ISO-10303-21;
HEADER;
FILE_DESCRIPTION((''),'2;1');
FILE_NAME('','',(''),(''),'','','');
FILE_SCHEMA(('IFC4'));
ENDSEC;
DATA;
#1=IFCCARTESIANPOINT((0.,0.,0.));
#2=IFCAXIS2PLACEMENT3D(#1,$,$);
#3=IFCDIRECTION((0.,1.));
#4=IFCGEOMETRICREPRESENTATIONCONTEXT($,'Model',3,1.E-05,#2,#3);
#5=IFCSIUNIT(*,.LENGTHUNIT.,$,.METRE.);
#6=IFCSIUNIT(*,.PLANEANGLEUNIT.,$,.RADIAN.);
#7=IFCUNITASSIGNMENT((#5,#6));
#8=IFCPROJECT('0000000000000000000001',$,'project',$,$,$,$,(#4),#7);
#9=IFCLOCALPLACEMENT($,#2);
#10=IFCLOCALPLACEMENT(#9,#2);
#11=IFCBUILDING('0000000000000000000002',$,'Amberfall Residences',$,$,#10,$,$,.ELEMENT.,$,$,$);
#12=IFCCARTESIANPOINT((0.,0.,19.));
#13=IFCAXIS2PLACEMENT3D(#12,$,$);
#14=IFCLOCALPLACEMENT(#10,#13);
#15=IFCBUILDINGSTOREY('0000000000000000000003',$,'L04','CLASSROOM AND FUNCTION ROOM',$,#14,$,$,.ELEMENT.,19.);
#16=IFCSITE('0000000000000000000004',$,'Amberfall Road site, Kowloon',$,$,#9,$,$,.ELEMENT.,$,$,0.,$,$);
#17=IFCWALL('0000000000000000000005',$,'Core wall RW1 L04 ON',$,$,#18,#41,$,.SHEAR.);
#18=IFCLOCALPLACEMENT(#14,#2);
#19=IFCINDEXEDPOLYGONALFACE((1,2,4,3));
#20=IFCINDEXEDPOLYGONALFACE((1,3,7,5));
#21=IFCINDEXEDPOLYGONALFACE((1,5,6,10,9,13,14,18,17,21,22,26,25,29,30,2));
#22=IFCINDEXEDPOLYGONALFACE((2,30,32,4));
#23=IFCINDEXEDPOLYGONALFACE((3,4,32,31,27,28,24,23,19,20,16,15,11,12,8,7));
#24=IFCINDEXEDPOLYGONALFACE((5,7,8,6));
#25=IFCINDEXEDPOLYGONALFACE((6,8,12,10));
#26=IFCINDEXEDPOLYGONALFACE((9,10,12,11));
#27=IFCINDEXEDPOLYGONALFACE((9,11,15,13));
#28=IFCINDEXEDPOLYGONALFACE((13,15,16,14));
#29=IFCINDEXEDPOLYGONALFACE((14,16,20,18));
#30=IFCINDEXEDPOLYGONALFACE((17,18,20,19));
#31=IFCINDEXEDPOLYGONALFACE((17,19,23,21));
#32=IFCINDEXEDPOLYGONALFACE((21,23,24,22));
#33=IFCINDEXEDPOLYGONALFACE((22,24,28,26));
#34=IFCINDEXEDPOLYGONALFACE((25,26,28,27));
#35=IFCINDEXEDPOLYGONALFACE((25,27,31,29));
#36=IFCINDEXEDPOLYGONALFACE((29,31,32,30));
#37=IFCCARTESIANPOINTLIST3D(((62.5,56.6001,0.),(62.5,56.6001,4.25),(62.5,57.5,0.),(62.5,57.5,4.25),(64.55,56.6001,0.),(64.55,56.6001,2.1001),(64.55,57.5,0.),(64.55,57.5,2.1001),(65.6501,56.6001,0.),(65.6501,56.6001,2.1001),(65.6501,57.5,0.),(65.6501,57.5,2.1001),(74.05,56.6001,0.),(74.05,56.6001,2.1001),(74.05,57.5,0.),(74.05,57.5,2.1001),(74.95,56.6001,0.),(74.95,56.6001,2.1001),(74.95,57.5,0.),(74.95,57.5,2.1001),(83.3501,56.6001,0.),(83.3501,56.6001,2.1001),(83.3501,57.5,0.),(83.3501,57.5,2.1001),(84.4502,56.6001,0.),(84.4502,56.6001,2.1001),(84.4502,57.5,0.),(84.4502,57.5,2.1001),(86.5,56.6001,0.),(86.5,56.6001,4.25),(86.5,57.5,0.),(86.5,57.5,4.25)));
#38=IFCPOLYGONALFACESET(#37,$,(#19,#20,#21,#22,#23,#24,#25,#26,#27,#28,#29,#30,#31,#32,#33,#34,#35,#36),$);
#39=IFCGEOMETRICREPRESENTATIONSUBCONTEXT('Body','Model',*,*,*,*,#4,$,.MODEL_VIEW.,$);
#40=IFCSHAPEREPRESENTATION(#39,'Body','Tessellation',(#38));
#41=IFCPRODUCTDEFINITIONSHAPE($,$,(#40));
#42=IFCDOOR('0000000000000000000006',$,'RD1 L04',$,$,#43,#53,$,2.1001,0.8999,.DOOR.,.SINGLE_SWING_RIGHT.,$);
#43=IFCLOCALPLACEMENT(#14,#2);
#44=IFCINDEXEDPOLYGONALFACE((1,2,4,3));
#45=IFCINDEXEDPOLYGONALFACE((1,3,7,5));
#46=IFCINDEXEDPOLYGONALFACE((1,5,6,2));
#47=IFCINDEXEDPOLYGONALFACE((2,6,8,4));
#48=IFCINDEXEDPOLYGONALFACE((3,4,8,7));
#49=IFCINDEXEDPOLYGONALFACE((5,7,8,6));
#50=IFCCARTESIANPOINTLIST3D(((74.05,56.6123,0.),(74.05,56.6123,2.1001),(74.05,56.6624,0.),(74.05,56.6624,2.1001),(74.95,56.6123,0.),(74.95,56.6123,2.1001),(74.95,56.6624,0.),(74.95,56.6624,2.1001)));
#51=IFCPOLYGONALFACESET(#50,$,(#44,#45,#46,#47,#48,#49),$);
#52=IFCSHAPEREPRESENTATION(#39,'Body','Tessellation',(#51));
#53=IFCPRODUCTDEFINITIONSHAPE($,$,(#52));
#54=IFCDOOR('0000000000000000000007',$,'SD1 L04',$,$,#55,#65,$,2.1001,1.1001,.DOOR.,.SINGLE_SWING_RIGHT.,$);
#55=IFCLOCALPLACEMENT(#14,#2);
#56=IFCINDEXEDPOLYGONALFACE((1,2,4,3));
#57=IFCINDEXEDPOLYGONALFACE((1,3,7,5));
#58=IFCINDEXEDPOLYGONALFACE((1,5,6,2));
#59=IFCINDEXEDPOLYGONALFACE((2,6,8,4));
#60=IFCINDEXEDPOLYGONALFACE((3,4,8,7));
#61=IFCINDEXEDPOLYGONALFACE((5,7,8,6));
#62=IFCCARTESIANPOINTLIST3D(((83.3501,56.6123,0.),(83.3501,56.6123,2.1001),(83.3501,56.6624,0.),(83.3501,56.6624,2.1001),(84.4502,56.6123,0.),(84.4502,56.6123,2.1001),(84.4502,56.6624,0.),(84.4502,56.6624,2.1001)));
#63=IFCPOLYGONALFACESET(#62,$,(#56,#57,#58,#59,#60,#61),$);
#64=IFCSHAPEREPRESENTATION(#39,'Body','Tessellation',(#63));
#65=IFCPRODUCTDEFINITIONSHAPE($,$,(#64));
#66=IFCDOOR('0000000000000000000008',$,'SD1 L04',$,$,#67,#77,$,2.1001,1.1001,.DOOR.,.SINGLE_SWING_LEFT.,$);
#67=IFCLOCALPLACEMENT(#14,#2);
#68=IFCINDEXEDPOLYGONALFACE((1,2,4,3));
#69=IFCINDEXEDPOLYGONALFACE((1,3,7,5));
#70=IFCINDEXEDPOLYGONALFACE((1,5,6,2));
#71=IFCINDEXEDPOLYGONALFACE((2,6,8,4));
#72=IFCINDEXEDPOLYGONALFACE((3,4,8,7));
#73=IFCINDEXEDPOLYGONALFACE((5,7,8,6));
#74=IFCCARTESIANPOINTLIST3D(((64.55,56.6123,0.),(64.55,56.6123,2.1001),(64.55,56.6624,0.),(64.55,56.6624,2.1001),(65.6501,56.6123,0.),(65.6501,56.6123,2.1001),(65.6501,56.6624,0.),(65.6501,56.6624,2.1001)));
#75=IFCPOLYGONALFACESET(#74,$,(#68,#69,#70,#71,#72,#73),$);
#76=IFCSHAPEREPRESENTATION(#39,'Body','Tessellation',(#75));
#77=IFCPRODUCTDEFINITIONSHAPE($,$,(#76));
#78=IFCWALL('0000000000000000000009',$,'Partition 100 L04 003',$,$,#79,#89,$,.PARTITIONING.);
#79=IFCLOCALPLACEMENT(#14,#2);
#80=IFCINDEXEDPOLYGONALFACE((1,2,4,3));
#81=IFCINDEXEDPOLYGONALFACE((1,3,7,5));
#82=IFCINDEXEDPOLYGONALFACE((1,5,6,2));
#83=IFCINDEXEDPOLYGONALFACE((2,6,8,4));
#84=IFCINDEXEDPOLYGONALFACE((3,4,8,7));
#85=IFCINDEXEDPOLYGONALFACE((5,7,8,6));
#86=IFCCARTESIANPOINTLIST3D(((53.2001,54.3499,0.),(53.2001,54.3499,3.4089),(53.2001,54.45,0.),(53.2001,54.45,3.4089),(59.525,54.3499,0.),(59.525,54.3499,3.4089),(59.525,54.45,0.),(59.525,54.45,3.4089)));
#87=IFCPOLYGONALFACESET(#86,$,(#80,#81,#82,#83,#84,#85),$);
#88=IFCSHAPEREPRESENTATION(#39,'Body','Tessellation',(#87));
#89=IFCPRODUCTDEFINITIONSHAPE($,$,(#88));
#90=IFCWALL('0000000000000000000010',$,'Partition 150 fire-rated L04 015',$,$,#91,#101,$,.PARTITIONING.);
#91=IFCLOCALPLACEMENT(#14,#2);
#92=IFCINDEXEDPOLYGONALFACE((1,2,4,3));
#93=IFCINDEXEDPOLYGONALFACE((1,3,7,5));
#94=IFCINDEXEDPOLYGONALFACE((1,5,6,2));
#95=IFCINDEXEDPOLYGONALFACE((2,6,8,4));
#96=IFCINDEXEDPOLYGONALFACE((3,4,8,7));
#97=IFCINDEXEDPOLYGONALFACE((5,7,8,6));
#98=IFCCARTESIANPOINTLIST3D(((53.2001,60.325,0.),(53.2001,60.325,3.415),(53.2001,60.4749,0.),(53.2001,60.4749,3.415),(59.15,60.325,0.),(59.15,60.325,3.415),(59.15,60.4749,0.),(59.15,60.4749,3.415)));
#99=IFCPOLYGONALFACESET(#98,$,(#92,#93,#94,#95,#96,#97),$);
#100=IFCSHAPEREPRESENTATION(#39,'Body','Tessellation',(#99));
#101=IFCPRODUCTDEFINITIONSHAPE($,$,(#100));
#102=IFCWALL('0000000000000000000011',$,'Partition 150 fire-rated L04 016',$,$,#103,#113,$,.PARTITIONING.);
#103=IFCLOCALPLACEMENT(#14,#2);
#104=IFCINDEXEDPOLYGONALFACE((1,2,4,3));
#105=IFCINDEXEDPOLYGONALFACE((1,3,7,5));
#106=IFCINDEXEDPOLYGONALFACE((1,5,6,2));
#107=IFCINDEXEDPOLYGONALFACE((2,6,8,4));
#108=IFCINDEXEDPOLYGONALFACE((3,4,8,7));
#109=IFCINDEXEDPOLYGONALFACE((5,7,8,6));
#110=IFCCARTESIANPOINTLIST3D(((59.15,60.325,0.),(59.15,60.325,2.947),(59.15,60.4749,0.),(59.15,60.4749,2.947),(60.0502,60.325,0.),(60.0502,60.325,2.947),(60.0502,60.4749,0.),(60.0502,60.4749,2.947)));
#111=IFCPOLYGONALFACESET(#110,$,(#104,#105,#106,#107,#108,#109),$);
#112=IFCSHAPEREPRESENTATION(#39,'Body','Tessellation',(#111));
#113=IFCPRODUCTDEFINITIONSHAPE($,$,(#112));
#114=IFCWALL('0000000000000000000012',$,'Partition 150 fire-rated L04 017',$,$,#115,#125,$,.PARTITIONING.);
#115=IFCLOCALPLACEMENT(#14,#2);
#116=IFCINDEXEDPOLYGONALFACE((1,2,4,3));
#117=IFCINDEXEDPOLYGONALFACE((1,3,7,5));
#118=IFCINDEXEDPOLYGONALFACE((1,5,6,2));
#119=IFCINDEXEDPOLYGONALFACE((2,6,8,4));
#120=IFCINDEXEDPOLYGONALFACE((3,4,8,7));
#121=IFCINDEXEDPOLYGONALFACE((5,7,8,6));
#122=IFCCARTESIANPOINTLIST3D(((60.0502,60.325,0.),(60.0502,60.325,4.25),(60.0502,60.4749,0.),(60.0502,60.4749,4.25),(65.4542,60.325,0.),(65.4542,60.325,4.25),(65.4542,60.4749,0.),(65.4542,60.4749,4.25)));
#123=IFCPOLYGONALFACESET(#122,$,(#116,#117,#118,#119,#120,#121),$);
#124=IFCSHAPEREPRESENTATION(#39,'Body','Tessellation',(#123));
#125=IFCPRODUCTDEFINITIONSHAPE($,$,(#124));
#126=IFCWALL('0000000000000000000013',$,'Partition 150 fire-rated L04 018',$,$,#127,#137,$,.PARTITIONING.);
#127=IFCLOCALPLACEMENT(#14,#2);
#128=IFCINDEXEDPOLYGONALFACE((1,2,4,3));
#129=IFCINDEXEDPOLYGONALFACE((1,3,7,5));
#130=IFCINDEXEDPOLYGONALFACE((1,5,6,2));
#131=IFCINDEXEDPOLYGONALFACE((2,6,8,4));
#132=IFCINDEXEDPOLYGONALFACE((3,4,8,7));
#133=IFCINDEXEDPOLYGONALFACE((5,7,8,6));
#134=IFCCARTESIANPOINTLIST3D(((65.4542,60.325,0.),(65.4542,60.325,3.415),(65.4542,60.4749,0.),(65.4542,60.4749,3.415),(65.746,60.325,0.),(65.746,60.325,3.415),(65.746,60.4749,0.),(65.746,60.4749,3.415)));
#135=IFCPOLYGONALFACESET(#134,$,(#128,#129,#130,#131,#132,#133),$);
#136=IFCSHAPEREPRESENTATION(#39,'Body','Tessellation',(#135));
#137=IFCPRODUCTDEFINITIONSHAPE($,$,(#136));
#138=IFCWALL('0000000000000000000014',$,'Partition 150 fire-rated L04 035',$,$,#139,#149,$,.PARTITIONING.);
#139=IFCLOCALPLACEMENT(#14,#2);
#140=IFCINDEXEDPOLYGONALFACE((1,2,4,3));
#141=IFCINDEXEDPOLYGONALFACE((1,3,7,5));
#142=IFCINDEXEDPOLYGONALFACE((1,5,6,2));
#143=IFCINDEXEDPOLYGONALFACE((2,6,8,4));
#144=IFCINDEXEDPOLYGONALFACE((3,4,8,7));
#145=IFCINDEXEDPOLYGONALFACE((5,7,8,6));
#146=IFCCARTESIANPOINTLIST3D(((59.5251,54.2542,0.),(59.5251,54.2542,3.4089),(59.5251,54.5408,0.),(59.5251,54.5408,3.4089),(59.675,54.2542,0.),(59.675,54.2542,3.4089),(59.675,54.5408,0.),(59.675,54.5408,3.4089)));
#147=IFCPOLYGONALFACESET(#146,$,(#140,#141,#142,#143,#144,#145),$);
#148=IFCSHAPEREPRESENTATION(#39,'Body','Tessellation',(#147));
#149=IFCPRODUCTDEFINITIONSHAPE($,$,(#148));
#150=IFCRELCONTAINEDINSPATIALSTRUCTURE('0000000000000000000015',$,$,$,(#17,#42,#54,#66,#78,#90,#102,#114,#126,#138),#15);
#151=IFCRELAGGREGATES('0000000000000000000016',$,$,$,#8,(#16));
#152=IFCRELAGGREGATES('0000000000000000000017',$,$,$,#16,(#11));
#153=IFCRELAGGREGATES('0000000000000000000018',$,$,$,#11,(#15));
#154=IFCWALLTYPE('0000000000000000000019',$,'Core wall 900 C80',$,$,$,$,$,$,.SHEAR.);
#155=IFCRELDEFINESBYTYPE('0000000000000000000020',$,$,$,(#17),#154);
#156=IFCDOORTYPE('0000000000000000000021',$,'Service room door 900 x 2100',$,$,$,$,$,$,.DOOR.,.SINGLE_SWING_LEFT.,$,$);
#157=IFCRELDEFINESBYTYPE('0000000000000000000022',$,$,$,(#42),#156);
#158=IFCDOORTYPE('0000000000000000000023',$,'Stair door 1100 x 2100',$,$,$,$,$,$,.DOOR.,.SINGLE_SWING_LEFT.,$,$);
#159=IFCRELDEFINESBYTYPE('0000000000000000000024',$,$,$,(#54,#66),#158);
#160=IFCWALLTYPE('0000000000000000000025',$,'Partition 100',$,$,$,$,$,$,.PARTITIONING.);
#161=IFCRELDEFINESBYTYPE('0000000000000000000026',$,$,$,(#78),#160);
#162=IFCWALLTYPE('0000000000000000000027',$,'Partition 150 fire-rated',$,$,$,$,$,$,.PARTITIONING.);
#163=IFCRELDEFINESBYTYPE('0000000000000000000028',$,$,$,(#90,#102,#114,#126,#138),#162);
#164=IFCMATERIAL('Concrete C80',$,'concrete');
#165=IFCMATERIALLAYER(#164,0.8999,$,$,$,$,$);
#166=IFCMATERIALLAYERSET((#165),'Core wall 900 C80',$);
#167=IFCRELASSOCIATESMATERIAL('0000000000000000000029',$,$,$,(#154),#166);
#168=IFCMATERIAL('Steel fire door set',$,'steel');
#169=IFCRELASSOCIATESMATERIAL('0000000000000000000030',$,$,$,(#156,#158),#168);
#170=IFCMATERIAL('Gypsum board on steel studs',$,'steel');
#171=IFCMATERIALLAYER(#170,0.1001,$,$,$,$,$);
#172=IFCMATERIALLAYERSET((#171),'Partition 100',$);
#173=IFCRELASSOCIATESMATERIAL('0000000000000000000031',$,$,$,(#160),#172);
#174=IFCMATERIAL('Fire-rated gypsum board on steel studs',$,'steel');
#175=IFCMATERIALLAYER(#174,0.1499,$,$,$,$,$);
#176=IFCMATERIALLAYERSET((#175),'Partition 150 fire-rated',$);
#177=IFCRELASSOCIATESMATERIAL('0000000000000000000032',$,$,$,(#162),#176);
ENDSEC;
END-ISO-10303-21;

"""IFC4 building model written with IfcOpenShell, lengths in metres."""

from ifc_helpers import new_model, si_unit, direction, frame, frame_2d, origin, place, context, subcontext, project, spatial, rectangle, extrude, material, layer, layer_set, type_object, element, fill, save


model = new_model("IFC4")

# Units and contexts
model_context = context("Model", 3, precision=1e-05, world=origin(), true_north=direction((0.0, 1.0)))
body_context = subcontext(model_context, "Body", "Model", "MODEL_VIEW")
ifc_project = project(units=[si_unit("LENGTHUNIT", "METRE"), si_unit("PLANEANGLEUNIT", "RADIAN")], contexts=[model_context])

# Site, building, storey
site_placement = place(None, origin())
site = spatial("IfcSite", under=ifc_project, at=site_placement, Name="Amberfall Road site, Kowloon", CompositionType="ELEMENT", RefElevation=0.0)
building_placement = place(site_placement, origin())
building = spatial("IfcBuilding", under=site, at=building_placement, Name="Amberfall Residences", CompositionType="ELEMENT")
storey_placement = place(building_placement, frame((0.0, 0.0, 19.0)))
storey = spatial("IfcBuildingStorey", under=building, at=storey_placement, Name="L04", Description="CLASSROOM AND FUNCTION ROOM", CompositionType="ELEMENT", Elevation=19.0)

# Shared definitions
ifc_material_1 = material(Name="Concrete C80", Category="concrete")

# Wall, openings, doors
ifc_layer_1 = layer(ifc_material_1, 0.8999)
ifc_layer_set_1 = layer_set([ifc_layer_1], Name="Core wall 900 C80")
wall_type_1 = type_object("IfcWallType", Name="Core wall 900 C80", PredefinedType="SHEAR", material=ifc_layer_set_1)
wall_1_placement = place(storey_placement, frame((62.5, 57.05, 0.0), z_axis=(0.0, 0.0, 1.0), x_axis=(1.0, 0.0, 0.0)))
wall_1 = element("IfcWall", 1, at=wall_1_placement, inside=storey, type_object=wall_type_1, Name="Core wall RW1 L04 ON", PredefinedType="SHEAR", context=body_context, shape_type="SweptSolid", body=[
    extrude(rectangle(XDim=24.0, YDim=0.8999, at=frame_2d((12.0, 0.0))), origin(), (0.0, 0.0, 1.0), 4.25),
])
opening_1_placement = place(wall_1_placement, frame((20.8501, 0.0, 0.0)))
opening_1 = element("IfcOpeningElement", 2, at=opening_1_placement, cuts=wall_1, PredefinedType="OPENING", context=body_context, shape_type="SweptSolid", body=[
    extrude(rectangle(XDim=1.1001, YDim=2.1001, at=frame_2d((0.55, 1.05))), frame((0.0, 0.46, 0.0), z_axis=(0.0, -1.0, 0.0), x_axis=(1.0, 0.0, 0.0)), (0.0, 0.0, 1.0), 0.9199),
])
opening_2_placement = place(wall_1_placement, frame((2.05, 0.0, 0.0)))
opening_2 = element("IfcOpeningElement", 3, at=opening_2_placement, cuts=wall_1, PredefinedType="OPENING", context=body_context, shape_type="SweptSolid", body=[
    extrude(rectangle(XDim=1.1001, YDim=2.1001, at=frame_2d((0.55, 1.05))), frame((0.0, 0.46, 0.0), z_axis=(0.0, -1.0, 0.0), x_axis=(1.0, 0.0, 0.0)), (0.0, 0.0, 1.0), 0.9199),
])
opening_3_placement = place(wall_1_placement, frame((11.55, 0.0, 0.0)))
opening_3 = element("IfcOpeningElement", 4, at=opening_3_placement, cuts=wall_1, PredefinedType="OPENING", context=body_context, shape_type="SweptSolid", body=[
    extrude(rectangle(XDim=0.8999, YDim=2.1001, at=frame_2d((0.45, 1.05))), frame((0.0, 0.46, 0.0), z_axis=(0.0, -1.0, 0.0), x_axis=(1.0, 0.0, 0.0)), (0.0, 0.0, 1.0), 0.9199),
])
ifc_material_2 = material(Name="Steel fire door set", Category="steel")
door_type_1 = type_object("IfcDoorType", Name="Service room door 900 x 2100", OperationType="SINGLE_SWING_LEFT", PredefinedType="DOOR", material=ifc_material_2)
door_1_placement = place(opening_3_placement, origin())
door_1 = element("IfcDoor", 5, at=door_1_placement, inside=storey, type_object=door_type_1, Name="RD1 L04", OperationType="SINGLE_SWING_RIGHT", OverallHeight=2.1001, OverallWidth=0.8999, PredefinedType="DOOR", context=body_context, shape_type="SweptSolid", body=[
    extrude(rectangle(XDim=0.8999, YDim=2.1001, at=frame_2d((0.45, 1.05))), frame((0.0, -0.3877, 0.0), z_axis=(0.0, -1.0, 0.0), x_axis=(1.0, 0.0, 0.0)), (0.0, 0.0, 1.0), 0.05),
])
fill(opening_3, door_1)
door_type_2 = type_object("IfcDoorType", Name="Stair door 1100 x 2100", OperationType="SINGLE_SWING_LEFT", PredefinedType="DOOR", material=ifc_material_2)
door_2_placement = place(opening_1_placement, origin())
door_2 = element("IfcDoor", 6, at=door_2_placement, inside=storey, type_object=door_type_2, Name="SD1 L04", OperationType="SINGLE_SWING_RIGHT", OverallHeight=2.1001, OverallWidth=1.1001, PredefinedType="DOOR", context=body_context, shape_type="SweptSolid", body=[
    extrude(rectangle(XDim=1.1001, YDim=2.1001, at=frame_2d((0.55, 1.05))), frame((0.0, -0.3877, 0.0), z_axis=(0.0, -1.0, 0.0), x_axis=(1.0, 0.0, 0.0)), (0.0, 0.0, 1.0), 0.05),
])
fill(opening_1, door_2)
door_3_placement = place(opening_2_placement, origin())
door_3 = element("IfcDoor", 7, at=door_3_placement, inside=storey, type_object=door_type_2, Name="SD1 L04", OperationType="SINGLE_SWING_LEFT", OverallHeight=2.1001, OverallWidth=1.1001, PredefinedType="DOOR", context=body_context, shape_type="SweptSolid", body=[
    extrude(rectangle(XDim=1.1001, YDim=2.1001, at=frame_2d((0.55, 1.05))), frame((0.0, -0.3877, 0.0), z_axis=(0.0, -1.0, 0.0), x_axis=(1.0, 0.0, 0.0)), (0.0, 0.0, 1.0), 0.05),
])
fill(opening_2, door_3)

# Walls
ifc_material_3 = material(Name="Gypsum board on steel studs", Category="steel")
ifc_layer_2 = layer(ifc_material_3, 0.1001)
ifc_layer_set_2 = layer_set([ifc_layer_2], Name="Partition 100")
wall_type_2 = type_object("IfcWallType", Name="Partition 100", PredefinedType="PARTITIONING", material=ifc_layer_set_2)
wall_2_placement = place(storey_placement, frame((53.2, 54.3999, 0.0), z_axis=(0.0, 0.0, 1.0), x_axis=(1.0, 0.0, 0.0)))
element("IfcWall", 8, at=wall_2_placement, inside=storey, type_object=wall_type_2, Name="Partition 100 L04 003", PredefinedType="PARTITIONING", context=body_context, shape_type="SweptSolid", body=[
    extrude(rectangle(XDim=6.325, YDim=0.1001, at=frame_2d((3.1626, 0.0))), origin(), (0.0, 0.0, 1.0), 3.4089),
])
ifc_material_4 = material(Name="Fire-rated gypsum board on steel studs", Category="steel")
ifc_layer_3 = layer(ifc_material_4, 0.1499)
ifc_layer_set_3 = layer_set([ifc_layer_3], Name="Partition 150 fire-rated")
wall_type_3 = type_object("IfcWallType", Name="Partition 150 fire-rated", PredefinedType="PARTITIONING", material=ifc_layer_set_3)
wall_3_placement = place(storey_placement, frame((53.2, 60.3999, 0.0), z_axis=(0.0, 0.0, 1.0), x_axis=(1.0, 0.0, 0.0)))
element("IfcWall", 9, at=wall_3_placement, inside=storey, type_object=wall_type_3, Name="Partition 150 fire-rated L04 015", PredefinedType="PARTITIONING", context=body_context, shape_type="SweptSolid", body=[
    extrude(rectangle(XDim=5.95, YDim=0.1499, at=frame_2d((2.9751, 0.0))), origin(), (0.0, 0.0, 1.0), 3.415),
])
wall_4_placement = place(storey_placement, frame((59.1499, 60.3999, 0.0), z_axis=(0.0, 0.0, 1.0), x_axis=(1.0, 0.0, 0.0)))
element("IfcWall", 10, at=wall_4_placement, inside=storey, type_object=wall_type_3, Name="Partition 150 fire-rated L04 016", PredefinedType="PARTITIONING", context=body_context, shape_type="SweptSolid", body=[
    extrude(rectangle(XDim=0.9001, YDim=0.1499, at=frame_2d((0.4502, 0.0))), origin(), (0.0, 0.0, 1.0), 2.947),
])
wall_5_placement = place(storey_placement, frame((60.05, 60.3999, 0.0), z_axis=(0.0, 0.0, 1.0), x_axis=(1.0, 0.0, 0.0)))
element("IfcWall", 11, at=wall_5_placement, inside=storey, type_object=wall_type_3, Name="Partition 150 fire-rated L04 017", PredefinedType="PARTITIONING", context=body_context, shape_type="SweptSolid", body=[
    extrude(rectangle(XDim=5.4041, YDim=0.1499, at=frame_2d((2.7021, 0.0))), origin(), (0.0, 0.0, 1.0), 4.25),
])
wall_6_placement = place(storey_placement, frame((65.4541, 60.3999, 0.0), z_axis=(0.0, 0.0, 1.0), x_axis=(1.0, 0.0, 0.0)))
element("IfcWall", 12, at=wall_6_placement, inside=storey, type_object=wall_type_3, Name="Partition 150 fire-rated L04 018", PredefinedType="PARTITIONING", context=body_context, shape_type="SweptSolid", body=[
    extrude(rectangle(XDim=0.2917, YDim=0.1499, at=frame_2d((0.146, 0.0))), origin(), (0.0, 0.0, 1.0), 3.415),
])
wall_7_placement = place(storey_placement, frame((59.6001, 54.2542, 0.0), z_axis=(0.0, 0.0, 1.0), x_axis=(0.0, 1.0, 0.0)))
element("IfcWall", 13, at=wall_7_placement, inside=storey, type_object=wall_type_3, Name="Partition 150 fire-rated L04 035", PredefinedType="PARTITIONING", context=body_context, shape_type="SweptSolid", body=[
    extrude(rectangle(XDim=0.2866, YDim=0.1499, at=frame_2d((0.1433, 0.0))), origin(), (0.0, 0.0, 1.0), 3.4089),
])

save(model, "model.ifc")
